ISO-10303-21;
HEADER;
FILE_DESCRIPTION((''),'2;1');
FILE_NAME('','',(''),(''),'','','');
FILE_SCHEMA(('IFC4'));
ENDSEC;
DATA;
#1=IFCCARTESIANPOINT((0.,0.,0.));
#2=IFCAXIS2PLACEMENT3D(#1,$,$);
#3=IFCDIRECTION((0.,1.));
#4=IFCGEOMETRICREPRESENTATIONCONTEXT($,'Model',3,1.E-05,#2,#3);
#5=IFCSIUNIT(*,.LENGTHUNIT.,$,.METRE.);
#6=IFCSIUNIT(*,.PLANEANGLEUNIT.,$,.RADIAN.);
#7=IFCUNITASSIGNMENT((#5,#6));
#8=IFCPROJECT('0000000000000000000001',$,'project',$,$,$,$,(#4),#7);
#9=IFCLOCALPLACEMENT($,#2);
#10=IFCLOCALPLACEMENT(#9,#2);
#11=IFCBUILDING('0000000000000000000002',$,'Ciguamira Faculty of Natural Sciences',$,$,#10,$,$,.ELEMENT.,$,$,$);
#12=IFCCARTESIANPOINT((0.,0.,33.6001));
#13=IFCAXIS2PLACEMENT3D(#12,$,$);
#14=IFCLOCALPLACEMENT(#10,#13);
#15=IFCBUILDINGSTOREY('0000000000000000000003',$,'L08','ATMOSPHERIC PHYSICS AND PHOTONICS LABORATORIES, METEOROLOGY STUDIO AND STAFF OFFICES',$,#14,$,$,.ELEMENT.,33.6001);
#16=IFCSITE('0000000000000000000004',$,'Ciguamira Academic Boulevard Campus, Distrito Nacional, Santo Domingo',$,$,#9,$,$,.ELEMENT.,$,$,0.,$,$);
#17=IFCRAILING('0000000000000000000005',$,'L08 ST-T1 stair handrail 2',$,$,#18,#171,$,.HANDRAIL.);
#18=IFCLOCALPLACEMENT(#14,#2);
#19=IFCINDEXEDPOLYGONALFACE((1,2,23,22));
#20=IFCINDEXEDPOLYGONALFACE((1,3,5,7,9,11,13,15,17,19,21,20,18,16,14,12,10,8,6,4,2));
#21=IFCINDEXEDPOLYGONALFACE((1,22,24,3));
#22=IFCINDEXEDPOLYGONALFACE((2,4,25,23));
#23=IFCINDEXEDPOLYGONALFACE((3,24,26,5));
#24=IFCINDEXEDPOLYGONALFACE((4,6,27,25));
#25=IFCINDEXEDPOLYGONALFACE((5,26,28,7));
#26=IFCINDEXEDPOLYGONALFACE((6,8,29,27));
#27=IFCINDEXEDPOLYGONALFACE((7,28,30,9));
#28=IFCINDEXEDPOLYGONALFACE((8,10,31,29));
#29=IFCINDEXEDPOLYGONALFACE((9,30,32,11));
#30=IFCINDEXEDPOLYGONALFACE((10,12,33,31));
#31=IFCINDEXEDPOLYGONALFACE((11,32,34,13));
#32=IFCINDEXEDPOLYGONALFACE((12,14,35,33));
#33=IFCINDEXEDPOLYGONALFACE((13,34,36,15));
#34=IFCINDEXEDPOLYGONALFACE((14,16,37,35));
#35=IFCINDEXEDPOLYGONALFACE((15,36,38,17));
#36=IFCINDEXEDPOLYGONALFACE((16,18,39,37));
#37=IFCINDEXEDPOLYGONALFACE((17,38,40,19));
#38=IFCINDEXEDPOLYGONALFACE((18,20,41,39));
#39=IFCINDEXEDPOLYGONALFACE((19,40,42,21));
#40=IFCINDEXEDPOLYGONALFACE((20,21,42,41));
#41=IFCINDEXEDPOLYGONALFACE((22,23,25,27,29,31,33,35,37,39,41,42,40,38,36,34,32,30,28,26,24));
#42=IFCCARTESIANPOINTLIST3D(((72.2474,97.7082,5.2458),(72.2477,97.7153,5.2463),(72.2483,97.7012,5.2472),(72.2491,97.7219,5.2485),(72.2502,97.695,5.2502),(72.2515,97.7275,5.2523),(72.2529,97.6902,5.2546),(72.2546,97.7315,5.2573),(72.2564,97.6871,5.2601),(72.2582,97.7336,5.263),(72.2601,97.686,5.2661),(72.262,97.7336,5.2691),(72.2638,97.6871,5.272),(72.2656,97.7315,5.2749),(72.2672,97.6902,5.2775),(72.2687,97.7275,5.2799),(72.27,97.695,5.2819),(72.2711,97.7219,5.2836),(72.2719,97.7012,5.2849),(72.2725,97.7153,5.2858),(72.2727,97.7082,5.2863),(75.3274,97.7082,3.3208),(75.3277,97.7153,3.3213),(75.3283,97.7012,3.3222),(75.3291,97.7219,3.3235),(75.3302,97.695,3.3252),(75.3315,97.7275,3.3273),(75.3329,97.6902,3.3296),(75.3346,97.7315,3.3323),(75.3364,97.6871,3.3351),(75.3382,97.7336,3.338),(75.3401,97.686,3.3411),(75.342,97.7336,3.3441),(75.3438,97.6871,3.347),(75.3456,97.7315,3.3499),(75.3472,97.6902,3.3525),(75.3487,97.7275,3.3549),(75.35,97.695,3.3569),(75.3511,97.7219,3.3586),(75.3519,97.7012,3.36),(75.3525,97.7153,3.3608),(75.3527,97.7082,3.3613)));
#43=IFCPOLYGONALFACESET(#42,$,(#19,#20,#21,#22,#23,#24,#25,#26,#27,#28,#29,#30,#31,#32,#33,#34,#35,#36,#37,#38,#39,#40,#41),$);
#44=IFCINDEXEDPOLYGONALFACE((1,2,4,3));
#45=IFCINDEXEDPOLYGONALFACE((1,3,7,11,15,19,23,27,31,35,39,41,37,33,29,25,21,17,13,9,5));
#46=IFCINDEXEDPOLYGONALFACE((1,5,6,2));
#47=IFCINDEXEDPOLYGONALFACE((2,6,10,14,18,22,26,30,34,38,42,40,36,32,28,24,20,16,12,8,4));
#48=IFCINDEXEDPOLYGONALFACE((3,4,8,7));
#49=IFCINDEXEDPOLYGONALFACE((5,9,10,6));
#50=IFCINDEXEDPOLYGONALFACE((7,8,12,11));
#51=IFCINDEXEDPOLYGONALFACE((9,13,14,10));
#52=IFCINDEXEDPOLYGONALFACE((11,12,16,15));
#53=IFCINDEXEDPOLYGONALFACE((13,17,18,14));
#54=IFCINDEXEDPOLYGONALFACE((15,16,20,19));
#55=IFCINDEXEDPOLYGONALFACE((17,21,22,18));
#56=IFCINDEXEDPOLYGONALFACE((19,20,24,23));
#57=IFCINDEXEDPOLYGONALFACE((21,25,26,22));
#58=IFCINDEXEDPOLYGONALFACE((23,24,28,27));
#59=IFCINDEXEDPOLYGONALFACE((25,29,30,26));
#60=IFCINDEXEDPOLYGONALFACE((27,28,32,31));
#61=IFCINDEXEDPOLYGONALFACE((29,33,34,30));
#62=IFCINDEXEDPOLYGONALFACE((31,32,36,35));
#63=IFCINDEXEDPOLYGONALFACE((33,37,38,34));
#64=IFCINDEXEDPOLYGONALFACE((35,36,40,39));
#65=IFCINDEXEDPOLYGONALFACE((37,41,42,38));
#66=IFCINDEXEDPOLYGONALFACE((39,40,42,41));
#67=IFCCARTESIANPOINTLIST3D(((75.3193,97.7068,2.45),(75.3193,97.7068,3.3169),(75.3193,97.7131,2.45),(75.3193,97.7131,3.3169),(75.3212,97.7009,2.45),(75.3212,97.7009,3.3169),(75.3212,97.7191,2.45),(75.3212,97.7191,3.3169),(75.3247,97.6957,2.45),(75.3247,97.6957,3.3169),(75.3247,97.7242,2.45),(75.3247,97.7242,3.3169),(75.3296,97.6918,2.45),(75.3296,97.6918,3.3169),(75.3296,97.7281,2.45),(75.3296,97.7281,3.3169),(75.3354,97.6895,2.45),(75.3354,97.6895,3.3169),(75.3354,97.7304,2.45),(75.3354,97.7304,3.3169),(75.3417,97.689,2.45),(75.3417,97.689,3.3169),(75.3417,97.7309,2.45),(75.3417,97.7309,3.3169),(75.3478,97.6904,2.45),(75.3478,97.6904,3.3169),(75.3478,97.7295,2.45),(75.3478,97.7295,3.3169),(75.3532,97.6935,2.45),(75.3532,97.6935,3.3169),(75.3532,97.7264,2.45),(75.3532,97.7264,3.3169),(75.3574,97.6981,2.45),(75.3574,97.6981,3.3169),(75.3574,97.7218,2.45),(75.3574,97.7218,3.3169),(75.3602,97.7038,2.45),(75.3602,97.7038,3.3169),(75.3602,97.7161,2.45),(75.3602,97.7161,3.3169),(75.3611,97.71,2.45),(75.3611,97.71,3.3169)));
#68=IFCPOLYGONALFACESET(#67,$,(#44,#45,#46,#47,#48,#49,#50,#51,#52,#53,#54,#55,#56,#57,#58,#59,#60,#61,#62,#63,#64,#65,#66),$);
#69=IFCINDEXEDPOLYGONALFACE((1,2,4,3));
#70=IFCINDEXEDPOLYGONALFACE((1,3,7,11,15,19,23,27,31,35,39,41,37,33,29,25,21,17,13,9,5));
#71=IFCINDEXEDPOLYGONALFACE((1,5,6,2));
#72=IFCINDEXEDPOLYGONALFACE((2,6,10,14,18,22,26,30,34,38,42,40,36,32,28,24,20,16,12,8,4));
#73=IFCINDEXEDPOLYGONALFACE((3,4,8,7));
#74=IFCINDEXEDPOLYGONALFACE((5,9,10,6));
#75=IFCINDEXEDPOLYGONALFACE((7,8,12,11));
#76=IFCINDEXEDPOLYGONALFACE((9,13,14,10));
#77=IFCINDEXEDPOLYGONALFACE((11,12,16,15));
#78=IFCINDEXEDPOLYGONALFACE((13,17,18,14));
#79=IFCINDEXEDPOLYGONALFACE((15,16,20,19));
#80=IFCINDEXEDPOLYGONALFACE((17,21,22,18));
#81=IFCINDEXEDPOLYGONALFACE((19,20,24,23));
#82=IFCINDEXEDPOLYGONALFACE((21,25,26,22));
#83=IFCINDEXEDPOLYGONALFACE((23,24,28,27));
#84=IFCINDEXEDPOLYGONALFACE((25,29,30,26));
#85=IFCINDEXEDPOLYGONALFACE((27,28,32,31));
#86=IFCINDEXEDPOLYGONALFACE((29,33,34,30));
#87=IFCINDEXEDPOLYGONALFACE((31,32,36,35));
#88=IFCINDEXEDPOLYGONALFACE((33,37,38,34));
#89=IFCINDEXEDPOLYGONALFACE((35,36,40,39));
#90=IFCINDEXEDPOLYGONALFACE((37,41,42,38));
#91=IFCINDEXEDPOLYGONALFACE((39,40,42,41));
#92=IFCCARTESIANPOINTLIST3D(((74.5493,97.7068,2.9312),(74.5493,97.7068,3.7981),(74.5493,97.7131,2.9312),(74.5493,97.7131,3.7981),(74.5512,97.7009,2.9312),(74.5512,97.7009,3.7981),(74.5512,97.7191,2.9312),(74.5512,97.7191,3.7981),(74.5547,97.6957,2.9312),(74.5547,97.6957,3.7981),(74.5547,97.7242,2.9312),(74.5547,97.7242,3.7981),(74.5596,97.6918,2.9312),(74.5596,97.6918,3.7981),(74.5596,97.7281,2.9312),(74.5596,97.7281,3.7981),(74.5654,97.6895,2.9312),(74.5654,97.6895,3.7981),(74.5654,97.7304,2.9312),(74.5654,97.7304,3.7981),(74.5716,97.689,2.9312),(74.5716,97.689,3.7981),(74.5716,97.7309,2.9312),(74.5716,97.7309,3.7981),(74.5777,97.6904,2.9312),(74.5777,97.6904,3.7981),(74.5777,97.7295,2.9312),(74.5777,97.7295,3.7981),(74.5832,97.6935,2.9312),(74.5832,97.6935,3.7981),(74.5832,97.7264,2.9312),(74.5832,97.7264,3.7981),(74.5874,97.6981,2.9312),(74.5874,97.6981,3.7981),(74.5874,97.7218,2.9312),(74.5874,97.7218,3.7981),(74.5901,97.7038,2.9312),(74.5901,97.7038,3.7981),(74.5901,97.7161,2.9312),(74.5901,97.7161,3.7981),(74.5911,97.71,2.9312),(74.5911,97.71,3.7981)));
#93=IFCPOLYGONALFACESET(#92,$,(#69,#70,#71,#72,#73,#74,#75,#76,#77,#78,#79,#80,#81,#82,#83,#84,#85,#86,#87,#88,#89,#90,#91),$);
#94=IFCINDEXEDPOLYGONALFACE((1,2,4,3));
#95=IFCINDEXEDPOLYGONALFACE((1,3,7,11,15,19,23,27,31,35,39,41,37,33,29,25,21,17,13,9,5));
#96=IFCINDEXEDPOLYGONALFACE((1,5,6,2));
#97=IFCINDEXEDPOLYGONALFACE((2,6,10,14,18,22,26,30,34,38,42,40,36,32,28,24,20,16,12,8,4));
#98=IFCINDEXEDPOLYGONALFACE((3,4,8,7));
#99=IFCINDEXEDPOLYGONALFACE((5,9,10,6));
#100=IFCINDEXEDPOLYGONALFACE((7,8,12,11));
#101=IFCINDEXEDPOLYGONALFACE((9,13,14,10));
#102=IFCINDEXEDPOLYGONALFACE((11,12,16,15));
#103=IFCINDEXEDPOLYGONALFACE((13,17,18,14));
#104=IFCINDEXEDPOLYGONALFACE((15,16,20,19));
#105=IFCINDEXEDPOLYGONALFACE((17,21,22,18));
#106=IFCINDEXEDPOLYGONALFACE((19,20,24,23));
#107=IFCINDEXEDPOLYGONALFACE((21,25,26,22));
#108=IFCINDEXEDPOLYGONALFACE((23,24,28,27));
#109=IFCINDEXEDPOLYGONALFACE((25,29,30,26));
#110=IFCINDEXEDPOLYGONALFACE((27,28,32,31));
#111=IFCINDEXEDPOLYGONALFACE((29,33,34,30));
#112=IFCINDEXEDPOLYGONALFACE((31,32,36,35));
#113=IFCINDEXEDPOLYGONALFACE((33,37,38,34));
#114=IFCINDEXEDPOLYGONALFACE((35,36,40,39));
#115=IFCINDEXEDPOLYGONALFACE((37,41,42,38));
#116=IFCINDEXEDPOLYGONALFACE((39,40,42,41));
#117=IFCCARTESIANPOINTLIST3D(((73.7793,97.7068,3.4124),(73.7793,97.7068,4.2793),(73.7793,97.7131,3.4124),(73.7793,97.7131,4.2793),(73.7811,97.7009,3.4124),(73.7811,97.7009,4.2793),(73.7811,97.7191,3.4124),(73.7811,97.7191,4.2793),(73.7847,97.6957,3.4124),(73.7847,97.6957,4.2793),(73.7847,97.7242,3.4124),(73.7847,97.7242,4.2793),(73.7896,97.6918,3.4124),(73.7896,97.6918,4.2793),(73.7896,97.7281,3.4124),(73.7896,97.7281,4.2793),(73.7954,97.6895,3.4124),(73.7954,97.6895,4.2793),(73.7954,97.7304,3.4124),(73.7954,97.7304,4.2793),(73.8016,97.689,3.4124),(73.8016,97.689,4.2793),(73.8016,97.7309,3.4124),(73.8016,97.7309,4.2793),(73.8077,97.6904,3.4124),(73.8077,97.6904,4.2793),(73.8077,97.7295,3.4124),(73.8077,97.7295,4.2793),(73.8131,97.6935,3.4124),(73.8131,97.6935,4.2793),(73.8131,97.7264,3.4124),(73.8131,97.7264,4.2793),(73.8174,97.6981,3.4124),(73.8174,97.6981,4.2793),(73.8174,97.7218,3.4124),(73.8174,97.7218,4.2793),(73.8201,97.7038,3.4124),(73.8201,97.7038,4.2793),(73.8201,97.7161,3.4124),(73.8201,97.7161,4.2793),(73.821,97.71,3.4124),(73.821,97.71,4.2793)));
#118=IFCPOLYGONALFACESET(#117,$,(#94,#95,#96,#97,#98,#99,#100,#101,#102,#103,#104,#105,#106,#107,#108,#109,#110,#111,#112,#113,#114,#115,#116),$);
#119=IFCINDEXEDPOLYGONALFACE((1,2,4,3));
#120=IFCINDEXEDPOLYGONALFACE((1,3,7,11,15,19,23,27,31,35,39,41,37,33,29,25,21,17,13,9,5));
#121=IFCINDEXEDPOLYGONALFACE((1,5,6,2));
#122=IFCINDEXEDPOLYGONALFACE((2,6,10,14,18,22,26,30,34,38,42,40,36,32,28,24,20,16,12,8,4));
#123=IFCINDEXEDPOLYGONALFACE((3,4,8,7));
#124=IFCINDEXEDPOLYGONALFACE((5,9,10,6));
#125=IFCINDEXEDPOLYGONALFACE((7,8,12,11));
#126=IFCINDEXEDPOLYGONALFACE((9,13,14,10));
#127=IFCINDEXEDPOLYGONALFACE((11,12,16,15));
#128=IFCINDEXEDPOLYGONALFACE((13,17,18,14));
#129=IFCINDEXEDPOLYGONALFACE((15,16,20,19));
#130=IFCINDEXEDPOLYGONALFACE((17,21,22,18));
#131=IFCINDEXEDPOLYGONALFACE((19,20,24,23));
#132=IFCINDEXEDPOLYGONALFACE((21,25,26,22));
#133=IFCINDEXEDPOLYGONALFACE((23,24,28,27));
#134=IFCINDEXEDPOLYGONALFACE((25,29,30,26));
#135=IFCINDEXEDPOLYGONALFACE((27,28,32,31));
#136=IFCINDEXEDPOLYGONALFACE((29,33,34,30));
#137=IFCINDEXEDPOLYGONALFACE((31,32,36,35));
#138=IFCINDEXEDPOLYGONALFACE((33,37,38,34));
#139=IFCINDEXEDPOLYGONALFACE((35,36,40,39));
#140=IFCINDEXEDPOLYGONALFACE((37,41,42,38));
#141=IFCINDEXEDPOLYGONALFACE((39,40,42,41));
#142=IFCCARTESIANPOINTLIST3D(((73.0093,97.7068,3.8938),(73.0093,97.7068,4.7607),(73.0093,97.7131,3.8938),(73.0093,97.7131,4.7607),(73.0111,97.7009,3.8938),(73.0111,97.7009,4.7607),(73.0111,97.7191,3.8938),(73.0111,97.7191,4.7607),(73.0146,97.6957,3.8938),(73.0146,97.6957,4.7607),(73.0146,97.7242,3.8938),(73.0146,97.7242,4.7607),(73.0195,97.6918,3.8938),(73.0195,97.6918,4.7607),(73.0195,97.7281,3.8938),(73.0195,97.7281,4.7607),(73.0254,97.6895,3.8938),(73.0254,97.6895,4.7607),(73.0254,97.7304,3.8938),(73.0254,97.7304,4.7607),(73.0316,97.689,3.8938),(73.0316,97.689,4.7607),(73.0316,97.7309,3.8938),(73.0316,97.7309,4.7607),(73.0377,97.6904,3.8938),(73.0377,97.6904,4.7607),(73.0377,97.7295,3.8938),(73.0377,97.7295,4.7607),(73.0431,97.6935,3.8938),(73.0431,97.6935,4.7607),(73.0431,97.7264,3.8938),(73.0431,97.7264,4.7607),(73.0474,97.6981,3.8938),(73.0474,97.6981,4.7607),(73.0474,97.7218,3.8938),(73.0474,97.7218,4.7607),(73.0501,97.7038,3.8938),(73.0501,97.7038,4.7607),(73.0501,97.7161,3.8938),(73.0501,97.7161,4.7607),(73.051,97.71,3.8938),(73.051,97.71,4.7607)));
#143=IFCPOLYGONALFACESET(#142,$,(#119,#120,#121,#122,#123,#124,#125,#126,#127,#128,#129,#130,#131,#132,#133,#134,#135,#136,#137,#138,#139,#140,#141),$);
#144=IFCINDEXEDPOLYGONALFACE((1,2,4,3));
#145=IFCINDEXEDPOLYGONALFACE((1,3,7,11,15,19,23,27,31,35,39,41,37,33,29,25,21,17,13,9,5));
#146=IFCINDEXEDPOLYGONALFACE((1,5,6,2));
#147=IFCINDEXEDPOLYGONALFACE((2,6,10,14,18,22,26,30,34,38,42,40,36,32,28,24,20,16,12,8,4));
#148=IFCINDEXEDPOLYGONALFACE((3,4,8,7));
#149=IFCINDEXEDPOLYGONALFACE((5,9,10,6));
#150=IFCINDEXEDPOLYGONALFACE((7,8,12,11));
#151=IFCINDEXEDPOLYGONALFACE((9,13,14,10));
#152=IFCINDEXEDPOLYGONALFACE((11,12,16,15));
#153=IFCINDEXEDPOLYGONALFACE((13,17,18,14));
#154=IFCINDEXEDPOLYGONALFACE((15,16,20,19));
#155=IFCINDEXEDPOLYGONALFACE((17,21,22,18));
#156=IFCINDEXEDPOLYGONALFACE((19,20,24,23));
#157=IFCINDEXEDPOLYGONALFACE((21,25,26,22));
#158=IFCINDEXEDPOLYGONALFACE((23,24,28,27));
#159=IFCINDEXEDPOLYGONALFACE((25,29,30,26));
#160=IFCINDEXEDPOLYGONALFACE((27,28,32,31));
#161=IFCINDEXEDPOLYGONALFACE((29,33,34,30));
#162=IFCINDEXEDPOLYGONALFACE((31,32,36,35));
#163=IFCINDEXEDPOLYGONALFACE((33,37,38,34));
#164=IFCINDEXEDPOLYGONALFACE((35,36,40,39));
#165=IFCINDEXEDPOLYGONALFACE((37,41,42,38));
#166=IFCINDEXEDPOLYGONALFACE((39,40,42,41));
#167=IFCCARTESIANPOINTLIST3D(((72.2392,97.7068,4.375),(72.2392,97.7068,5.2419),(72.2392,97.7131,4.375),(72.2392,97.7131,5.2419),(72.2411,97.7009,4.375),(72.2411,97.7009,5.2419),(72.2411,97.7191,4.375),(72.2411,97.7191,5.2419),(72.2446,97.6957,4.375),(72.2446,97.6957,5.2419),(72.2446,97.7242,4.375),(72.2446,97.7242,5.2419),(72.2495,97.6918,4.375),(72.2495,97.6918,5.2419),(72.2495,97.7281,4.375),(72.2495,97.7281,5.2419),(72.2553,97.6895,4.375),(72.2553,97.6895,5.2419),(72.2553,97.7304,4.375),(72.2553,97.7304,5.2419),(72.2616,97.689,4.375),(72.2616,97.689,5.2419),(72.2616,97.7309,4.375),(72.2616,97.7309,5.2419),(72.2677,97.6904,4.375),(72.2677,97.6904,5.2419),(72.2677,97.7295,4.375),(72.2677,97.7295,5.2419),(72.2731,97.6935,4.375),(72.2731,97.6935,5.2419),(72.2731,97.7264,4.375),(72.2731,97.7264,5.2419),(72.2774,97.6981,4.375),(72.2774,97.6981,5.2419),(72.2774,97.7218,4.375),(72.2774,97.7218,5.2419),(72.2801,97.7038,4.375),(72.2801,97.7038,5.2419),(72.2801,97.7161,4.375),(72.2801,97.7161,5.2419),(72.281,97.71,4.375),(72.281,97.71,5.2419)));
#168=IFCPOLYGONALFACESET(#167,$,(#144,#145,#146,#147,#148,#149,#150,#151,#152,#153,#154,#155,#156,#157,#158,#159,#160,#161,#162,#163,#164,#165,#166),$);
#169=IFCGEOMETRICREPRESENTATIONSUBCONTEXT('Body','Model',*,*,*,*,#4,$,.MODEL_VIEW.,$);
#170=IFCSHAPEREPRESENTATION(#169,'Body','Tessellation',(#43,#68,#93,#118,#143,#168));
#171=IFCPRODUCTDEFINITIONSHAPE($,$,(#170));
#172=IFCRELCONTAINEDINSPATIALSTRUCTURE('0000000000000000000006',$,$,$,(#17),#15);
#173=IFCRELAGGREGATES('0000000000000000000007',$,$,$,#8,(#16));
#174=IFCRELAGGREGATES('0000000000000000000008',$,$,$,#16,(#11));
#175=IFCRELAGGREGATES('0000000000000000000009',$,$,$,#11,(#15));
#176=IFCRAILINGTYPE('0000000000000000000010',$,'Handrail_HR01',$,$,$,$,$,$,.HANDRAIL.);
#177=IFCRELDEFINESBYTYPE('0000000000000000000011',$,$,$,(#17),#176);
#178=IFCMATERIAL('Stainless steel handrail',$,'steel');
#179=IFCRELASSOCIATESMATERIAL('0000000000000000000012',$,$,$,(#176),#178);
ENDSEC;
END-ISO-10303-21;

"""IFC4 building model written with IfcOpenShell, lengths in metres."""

from ifc_helpers import new_model, si_unit, direction, frame, origin, origin_2d, place, context, subcontext, project, spatial, circle, extrude, material, type_object, element, save


model = new_model("IFC4")

# Units and contexts
model_context = context("Model", 3, precision=1e-05, world=origin(), true_north=direction((0.0, 1.0)))
body_context = subcontext(model_context, "Body", "Model", "MODEL_VIEW")
ifc_project = project(units=[si_unit("LENGTHUNIT", "METRE"), si_unit("PLANEANGLEUNIT", "RADIAN")], contexts=[model_context])

# Site, building, storey
site_placement = place(None, origin())
site = spatial("IfcSite", under=ifc_project, at=site_placement, Name="Ciguamira Academic Boulevard Campus, Distrito Nacional, Santo Domingo", CompositionType="ELEMENT", RefElevation=0.0)
building_placement = place(site_placement, origin())
building = spatial("IfcBuilding", under=site, at=building_placement, Name="Ciguamira Faculty of Natural Sciences", CompositionType="ELEMENT")
storey_placement = place(building_placement, frame((0.0, 0.0, 33.6001)))
storey = spatial("IfcBuildingStorey", under=building, at=storey_placement, Name="L08", Description="ATMOSPHERIC PHYSICS AND PHOTONICS LABORATORIES, METEOROLOGY STUDIO AND STAFF OFFICES", CompositionType="ELEMENT", Elevation=33.6001)

# Railing
ifc_material_1 = material(Name="Stainless steel handrail", Category="steel")
railing_type_1 = type_object("IfcRailingType", Name="Handrail_HR01", PredefinedType="HANDRAIL", material=ifc_material_1)
railing_1_placement = place(storey_placement, frame((75.3401, 97.71, 2.45)))
element("IfcRailing", 1, at=railing_1_placement, inside=storey, type_object=railing_type_1, Name="L08 ST-T1 stair handrail 2", PredefinedType="HANDRAIL", context=body_context, shape_type="SweptSolid", body=[
    extrude(circle(Radius=0.0239, at=origin_2d()), frame((0.0, 0.0, 0.8911), z_axis=(-0.847998, 0.0, 0.529999), x_axis=(0.0, -1.0, 0.0)), (0.0, 0.0, 1.0), 3.6321),
    extrude(circle(Radius=0.021, at=origin_2d()), origin(), (0.0, 0.0, 1.0), 0.8669),
    extrude(circle(Radius=0.021, at=origin_2d()), frame((-0.77, 0.0, 0.4812)), (0.0, 0.0, 1.0), 0.8669),
    extrude(circle(Radius=0.021, at=origin_2d()), frame((-1.54, 0.0, 0.9624)), (0.0, 0.0, 1.0), 0.8669),
    extrude(circle(Radius=0.021, at=origin_2d()), frame((-2.3101, 0.0, 1.4438)), (0.0, 0.0, 1.0), 0.8669),
    extrude(circle(Radius=0.021, at=origin_2d()), frame((-3.0801, 0.0, 1.925)), (0.0, 0.0, 1.0), 0.8669),
])

save(model, "model.ifc")
